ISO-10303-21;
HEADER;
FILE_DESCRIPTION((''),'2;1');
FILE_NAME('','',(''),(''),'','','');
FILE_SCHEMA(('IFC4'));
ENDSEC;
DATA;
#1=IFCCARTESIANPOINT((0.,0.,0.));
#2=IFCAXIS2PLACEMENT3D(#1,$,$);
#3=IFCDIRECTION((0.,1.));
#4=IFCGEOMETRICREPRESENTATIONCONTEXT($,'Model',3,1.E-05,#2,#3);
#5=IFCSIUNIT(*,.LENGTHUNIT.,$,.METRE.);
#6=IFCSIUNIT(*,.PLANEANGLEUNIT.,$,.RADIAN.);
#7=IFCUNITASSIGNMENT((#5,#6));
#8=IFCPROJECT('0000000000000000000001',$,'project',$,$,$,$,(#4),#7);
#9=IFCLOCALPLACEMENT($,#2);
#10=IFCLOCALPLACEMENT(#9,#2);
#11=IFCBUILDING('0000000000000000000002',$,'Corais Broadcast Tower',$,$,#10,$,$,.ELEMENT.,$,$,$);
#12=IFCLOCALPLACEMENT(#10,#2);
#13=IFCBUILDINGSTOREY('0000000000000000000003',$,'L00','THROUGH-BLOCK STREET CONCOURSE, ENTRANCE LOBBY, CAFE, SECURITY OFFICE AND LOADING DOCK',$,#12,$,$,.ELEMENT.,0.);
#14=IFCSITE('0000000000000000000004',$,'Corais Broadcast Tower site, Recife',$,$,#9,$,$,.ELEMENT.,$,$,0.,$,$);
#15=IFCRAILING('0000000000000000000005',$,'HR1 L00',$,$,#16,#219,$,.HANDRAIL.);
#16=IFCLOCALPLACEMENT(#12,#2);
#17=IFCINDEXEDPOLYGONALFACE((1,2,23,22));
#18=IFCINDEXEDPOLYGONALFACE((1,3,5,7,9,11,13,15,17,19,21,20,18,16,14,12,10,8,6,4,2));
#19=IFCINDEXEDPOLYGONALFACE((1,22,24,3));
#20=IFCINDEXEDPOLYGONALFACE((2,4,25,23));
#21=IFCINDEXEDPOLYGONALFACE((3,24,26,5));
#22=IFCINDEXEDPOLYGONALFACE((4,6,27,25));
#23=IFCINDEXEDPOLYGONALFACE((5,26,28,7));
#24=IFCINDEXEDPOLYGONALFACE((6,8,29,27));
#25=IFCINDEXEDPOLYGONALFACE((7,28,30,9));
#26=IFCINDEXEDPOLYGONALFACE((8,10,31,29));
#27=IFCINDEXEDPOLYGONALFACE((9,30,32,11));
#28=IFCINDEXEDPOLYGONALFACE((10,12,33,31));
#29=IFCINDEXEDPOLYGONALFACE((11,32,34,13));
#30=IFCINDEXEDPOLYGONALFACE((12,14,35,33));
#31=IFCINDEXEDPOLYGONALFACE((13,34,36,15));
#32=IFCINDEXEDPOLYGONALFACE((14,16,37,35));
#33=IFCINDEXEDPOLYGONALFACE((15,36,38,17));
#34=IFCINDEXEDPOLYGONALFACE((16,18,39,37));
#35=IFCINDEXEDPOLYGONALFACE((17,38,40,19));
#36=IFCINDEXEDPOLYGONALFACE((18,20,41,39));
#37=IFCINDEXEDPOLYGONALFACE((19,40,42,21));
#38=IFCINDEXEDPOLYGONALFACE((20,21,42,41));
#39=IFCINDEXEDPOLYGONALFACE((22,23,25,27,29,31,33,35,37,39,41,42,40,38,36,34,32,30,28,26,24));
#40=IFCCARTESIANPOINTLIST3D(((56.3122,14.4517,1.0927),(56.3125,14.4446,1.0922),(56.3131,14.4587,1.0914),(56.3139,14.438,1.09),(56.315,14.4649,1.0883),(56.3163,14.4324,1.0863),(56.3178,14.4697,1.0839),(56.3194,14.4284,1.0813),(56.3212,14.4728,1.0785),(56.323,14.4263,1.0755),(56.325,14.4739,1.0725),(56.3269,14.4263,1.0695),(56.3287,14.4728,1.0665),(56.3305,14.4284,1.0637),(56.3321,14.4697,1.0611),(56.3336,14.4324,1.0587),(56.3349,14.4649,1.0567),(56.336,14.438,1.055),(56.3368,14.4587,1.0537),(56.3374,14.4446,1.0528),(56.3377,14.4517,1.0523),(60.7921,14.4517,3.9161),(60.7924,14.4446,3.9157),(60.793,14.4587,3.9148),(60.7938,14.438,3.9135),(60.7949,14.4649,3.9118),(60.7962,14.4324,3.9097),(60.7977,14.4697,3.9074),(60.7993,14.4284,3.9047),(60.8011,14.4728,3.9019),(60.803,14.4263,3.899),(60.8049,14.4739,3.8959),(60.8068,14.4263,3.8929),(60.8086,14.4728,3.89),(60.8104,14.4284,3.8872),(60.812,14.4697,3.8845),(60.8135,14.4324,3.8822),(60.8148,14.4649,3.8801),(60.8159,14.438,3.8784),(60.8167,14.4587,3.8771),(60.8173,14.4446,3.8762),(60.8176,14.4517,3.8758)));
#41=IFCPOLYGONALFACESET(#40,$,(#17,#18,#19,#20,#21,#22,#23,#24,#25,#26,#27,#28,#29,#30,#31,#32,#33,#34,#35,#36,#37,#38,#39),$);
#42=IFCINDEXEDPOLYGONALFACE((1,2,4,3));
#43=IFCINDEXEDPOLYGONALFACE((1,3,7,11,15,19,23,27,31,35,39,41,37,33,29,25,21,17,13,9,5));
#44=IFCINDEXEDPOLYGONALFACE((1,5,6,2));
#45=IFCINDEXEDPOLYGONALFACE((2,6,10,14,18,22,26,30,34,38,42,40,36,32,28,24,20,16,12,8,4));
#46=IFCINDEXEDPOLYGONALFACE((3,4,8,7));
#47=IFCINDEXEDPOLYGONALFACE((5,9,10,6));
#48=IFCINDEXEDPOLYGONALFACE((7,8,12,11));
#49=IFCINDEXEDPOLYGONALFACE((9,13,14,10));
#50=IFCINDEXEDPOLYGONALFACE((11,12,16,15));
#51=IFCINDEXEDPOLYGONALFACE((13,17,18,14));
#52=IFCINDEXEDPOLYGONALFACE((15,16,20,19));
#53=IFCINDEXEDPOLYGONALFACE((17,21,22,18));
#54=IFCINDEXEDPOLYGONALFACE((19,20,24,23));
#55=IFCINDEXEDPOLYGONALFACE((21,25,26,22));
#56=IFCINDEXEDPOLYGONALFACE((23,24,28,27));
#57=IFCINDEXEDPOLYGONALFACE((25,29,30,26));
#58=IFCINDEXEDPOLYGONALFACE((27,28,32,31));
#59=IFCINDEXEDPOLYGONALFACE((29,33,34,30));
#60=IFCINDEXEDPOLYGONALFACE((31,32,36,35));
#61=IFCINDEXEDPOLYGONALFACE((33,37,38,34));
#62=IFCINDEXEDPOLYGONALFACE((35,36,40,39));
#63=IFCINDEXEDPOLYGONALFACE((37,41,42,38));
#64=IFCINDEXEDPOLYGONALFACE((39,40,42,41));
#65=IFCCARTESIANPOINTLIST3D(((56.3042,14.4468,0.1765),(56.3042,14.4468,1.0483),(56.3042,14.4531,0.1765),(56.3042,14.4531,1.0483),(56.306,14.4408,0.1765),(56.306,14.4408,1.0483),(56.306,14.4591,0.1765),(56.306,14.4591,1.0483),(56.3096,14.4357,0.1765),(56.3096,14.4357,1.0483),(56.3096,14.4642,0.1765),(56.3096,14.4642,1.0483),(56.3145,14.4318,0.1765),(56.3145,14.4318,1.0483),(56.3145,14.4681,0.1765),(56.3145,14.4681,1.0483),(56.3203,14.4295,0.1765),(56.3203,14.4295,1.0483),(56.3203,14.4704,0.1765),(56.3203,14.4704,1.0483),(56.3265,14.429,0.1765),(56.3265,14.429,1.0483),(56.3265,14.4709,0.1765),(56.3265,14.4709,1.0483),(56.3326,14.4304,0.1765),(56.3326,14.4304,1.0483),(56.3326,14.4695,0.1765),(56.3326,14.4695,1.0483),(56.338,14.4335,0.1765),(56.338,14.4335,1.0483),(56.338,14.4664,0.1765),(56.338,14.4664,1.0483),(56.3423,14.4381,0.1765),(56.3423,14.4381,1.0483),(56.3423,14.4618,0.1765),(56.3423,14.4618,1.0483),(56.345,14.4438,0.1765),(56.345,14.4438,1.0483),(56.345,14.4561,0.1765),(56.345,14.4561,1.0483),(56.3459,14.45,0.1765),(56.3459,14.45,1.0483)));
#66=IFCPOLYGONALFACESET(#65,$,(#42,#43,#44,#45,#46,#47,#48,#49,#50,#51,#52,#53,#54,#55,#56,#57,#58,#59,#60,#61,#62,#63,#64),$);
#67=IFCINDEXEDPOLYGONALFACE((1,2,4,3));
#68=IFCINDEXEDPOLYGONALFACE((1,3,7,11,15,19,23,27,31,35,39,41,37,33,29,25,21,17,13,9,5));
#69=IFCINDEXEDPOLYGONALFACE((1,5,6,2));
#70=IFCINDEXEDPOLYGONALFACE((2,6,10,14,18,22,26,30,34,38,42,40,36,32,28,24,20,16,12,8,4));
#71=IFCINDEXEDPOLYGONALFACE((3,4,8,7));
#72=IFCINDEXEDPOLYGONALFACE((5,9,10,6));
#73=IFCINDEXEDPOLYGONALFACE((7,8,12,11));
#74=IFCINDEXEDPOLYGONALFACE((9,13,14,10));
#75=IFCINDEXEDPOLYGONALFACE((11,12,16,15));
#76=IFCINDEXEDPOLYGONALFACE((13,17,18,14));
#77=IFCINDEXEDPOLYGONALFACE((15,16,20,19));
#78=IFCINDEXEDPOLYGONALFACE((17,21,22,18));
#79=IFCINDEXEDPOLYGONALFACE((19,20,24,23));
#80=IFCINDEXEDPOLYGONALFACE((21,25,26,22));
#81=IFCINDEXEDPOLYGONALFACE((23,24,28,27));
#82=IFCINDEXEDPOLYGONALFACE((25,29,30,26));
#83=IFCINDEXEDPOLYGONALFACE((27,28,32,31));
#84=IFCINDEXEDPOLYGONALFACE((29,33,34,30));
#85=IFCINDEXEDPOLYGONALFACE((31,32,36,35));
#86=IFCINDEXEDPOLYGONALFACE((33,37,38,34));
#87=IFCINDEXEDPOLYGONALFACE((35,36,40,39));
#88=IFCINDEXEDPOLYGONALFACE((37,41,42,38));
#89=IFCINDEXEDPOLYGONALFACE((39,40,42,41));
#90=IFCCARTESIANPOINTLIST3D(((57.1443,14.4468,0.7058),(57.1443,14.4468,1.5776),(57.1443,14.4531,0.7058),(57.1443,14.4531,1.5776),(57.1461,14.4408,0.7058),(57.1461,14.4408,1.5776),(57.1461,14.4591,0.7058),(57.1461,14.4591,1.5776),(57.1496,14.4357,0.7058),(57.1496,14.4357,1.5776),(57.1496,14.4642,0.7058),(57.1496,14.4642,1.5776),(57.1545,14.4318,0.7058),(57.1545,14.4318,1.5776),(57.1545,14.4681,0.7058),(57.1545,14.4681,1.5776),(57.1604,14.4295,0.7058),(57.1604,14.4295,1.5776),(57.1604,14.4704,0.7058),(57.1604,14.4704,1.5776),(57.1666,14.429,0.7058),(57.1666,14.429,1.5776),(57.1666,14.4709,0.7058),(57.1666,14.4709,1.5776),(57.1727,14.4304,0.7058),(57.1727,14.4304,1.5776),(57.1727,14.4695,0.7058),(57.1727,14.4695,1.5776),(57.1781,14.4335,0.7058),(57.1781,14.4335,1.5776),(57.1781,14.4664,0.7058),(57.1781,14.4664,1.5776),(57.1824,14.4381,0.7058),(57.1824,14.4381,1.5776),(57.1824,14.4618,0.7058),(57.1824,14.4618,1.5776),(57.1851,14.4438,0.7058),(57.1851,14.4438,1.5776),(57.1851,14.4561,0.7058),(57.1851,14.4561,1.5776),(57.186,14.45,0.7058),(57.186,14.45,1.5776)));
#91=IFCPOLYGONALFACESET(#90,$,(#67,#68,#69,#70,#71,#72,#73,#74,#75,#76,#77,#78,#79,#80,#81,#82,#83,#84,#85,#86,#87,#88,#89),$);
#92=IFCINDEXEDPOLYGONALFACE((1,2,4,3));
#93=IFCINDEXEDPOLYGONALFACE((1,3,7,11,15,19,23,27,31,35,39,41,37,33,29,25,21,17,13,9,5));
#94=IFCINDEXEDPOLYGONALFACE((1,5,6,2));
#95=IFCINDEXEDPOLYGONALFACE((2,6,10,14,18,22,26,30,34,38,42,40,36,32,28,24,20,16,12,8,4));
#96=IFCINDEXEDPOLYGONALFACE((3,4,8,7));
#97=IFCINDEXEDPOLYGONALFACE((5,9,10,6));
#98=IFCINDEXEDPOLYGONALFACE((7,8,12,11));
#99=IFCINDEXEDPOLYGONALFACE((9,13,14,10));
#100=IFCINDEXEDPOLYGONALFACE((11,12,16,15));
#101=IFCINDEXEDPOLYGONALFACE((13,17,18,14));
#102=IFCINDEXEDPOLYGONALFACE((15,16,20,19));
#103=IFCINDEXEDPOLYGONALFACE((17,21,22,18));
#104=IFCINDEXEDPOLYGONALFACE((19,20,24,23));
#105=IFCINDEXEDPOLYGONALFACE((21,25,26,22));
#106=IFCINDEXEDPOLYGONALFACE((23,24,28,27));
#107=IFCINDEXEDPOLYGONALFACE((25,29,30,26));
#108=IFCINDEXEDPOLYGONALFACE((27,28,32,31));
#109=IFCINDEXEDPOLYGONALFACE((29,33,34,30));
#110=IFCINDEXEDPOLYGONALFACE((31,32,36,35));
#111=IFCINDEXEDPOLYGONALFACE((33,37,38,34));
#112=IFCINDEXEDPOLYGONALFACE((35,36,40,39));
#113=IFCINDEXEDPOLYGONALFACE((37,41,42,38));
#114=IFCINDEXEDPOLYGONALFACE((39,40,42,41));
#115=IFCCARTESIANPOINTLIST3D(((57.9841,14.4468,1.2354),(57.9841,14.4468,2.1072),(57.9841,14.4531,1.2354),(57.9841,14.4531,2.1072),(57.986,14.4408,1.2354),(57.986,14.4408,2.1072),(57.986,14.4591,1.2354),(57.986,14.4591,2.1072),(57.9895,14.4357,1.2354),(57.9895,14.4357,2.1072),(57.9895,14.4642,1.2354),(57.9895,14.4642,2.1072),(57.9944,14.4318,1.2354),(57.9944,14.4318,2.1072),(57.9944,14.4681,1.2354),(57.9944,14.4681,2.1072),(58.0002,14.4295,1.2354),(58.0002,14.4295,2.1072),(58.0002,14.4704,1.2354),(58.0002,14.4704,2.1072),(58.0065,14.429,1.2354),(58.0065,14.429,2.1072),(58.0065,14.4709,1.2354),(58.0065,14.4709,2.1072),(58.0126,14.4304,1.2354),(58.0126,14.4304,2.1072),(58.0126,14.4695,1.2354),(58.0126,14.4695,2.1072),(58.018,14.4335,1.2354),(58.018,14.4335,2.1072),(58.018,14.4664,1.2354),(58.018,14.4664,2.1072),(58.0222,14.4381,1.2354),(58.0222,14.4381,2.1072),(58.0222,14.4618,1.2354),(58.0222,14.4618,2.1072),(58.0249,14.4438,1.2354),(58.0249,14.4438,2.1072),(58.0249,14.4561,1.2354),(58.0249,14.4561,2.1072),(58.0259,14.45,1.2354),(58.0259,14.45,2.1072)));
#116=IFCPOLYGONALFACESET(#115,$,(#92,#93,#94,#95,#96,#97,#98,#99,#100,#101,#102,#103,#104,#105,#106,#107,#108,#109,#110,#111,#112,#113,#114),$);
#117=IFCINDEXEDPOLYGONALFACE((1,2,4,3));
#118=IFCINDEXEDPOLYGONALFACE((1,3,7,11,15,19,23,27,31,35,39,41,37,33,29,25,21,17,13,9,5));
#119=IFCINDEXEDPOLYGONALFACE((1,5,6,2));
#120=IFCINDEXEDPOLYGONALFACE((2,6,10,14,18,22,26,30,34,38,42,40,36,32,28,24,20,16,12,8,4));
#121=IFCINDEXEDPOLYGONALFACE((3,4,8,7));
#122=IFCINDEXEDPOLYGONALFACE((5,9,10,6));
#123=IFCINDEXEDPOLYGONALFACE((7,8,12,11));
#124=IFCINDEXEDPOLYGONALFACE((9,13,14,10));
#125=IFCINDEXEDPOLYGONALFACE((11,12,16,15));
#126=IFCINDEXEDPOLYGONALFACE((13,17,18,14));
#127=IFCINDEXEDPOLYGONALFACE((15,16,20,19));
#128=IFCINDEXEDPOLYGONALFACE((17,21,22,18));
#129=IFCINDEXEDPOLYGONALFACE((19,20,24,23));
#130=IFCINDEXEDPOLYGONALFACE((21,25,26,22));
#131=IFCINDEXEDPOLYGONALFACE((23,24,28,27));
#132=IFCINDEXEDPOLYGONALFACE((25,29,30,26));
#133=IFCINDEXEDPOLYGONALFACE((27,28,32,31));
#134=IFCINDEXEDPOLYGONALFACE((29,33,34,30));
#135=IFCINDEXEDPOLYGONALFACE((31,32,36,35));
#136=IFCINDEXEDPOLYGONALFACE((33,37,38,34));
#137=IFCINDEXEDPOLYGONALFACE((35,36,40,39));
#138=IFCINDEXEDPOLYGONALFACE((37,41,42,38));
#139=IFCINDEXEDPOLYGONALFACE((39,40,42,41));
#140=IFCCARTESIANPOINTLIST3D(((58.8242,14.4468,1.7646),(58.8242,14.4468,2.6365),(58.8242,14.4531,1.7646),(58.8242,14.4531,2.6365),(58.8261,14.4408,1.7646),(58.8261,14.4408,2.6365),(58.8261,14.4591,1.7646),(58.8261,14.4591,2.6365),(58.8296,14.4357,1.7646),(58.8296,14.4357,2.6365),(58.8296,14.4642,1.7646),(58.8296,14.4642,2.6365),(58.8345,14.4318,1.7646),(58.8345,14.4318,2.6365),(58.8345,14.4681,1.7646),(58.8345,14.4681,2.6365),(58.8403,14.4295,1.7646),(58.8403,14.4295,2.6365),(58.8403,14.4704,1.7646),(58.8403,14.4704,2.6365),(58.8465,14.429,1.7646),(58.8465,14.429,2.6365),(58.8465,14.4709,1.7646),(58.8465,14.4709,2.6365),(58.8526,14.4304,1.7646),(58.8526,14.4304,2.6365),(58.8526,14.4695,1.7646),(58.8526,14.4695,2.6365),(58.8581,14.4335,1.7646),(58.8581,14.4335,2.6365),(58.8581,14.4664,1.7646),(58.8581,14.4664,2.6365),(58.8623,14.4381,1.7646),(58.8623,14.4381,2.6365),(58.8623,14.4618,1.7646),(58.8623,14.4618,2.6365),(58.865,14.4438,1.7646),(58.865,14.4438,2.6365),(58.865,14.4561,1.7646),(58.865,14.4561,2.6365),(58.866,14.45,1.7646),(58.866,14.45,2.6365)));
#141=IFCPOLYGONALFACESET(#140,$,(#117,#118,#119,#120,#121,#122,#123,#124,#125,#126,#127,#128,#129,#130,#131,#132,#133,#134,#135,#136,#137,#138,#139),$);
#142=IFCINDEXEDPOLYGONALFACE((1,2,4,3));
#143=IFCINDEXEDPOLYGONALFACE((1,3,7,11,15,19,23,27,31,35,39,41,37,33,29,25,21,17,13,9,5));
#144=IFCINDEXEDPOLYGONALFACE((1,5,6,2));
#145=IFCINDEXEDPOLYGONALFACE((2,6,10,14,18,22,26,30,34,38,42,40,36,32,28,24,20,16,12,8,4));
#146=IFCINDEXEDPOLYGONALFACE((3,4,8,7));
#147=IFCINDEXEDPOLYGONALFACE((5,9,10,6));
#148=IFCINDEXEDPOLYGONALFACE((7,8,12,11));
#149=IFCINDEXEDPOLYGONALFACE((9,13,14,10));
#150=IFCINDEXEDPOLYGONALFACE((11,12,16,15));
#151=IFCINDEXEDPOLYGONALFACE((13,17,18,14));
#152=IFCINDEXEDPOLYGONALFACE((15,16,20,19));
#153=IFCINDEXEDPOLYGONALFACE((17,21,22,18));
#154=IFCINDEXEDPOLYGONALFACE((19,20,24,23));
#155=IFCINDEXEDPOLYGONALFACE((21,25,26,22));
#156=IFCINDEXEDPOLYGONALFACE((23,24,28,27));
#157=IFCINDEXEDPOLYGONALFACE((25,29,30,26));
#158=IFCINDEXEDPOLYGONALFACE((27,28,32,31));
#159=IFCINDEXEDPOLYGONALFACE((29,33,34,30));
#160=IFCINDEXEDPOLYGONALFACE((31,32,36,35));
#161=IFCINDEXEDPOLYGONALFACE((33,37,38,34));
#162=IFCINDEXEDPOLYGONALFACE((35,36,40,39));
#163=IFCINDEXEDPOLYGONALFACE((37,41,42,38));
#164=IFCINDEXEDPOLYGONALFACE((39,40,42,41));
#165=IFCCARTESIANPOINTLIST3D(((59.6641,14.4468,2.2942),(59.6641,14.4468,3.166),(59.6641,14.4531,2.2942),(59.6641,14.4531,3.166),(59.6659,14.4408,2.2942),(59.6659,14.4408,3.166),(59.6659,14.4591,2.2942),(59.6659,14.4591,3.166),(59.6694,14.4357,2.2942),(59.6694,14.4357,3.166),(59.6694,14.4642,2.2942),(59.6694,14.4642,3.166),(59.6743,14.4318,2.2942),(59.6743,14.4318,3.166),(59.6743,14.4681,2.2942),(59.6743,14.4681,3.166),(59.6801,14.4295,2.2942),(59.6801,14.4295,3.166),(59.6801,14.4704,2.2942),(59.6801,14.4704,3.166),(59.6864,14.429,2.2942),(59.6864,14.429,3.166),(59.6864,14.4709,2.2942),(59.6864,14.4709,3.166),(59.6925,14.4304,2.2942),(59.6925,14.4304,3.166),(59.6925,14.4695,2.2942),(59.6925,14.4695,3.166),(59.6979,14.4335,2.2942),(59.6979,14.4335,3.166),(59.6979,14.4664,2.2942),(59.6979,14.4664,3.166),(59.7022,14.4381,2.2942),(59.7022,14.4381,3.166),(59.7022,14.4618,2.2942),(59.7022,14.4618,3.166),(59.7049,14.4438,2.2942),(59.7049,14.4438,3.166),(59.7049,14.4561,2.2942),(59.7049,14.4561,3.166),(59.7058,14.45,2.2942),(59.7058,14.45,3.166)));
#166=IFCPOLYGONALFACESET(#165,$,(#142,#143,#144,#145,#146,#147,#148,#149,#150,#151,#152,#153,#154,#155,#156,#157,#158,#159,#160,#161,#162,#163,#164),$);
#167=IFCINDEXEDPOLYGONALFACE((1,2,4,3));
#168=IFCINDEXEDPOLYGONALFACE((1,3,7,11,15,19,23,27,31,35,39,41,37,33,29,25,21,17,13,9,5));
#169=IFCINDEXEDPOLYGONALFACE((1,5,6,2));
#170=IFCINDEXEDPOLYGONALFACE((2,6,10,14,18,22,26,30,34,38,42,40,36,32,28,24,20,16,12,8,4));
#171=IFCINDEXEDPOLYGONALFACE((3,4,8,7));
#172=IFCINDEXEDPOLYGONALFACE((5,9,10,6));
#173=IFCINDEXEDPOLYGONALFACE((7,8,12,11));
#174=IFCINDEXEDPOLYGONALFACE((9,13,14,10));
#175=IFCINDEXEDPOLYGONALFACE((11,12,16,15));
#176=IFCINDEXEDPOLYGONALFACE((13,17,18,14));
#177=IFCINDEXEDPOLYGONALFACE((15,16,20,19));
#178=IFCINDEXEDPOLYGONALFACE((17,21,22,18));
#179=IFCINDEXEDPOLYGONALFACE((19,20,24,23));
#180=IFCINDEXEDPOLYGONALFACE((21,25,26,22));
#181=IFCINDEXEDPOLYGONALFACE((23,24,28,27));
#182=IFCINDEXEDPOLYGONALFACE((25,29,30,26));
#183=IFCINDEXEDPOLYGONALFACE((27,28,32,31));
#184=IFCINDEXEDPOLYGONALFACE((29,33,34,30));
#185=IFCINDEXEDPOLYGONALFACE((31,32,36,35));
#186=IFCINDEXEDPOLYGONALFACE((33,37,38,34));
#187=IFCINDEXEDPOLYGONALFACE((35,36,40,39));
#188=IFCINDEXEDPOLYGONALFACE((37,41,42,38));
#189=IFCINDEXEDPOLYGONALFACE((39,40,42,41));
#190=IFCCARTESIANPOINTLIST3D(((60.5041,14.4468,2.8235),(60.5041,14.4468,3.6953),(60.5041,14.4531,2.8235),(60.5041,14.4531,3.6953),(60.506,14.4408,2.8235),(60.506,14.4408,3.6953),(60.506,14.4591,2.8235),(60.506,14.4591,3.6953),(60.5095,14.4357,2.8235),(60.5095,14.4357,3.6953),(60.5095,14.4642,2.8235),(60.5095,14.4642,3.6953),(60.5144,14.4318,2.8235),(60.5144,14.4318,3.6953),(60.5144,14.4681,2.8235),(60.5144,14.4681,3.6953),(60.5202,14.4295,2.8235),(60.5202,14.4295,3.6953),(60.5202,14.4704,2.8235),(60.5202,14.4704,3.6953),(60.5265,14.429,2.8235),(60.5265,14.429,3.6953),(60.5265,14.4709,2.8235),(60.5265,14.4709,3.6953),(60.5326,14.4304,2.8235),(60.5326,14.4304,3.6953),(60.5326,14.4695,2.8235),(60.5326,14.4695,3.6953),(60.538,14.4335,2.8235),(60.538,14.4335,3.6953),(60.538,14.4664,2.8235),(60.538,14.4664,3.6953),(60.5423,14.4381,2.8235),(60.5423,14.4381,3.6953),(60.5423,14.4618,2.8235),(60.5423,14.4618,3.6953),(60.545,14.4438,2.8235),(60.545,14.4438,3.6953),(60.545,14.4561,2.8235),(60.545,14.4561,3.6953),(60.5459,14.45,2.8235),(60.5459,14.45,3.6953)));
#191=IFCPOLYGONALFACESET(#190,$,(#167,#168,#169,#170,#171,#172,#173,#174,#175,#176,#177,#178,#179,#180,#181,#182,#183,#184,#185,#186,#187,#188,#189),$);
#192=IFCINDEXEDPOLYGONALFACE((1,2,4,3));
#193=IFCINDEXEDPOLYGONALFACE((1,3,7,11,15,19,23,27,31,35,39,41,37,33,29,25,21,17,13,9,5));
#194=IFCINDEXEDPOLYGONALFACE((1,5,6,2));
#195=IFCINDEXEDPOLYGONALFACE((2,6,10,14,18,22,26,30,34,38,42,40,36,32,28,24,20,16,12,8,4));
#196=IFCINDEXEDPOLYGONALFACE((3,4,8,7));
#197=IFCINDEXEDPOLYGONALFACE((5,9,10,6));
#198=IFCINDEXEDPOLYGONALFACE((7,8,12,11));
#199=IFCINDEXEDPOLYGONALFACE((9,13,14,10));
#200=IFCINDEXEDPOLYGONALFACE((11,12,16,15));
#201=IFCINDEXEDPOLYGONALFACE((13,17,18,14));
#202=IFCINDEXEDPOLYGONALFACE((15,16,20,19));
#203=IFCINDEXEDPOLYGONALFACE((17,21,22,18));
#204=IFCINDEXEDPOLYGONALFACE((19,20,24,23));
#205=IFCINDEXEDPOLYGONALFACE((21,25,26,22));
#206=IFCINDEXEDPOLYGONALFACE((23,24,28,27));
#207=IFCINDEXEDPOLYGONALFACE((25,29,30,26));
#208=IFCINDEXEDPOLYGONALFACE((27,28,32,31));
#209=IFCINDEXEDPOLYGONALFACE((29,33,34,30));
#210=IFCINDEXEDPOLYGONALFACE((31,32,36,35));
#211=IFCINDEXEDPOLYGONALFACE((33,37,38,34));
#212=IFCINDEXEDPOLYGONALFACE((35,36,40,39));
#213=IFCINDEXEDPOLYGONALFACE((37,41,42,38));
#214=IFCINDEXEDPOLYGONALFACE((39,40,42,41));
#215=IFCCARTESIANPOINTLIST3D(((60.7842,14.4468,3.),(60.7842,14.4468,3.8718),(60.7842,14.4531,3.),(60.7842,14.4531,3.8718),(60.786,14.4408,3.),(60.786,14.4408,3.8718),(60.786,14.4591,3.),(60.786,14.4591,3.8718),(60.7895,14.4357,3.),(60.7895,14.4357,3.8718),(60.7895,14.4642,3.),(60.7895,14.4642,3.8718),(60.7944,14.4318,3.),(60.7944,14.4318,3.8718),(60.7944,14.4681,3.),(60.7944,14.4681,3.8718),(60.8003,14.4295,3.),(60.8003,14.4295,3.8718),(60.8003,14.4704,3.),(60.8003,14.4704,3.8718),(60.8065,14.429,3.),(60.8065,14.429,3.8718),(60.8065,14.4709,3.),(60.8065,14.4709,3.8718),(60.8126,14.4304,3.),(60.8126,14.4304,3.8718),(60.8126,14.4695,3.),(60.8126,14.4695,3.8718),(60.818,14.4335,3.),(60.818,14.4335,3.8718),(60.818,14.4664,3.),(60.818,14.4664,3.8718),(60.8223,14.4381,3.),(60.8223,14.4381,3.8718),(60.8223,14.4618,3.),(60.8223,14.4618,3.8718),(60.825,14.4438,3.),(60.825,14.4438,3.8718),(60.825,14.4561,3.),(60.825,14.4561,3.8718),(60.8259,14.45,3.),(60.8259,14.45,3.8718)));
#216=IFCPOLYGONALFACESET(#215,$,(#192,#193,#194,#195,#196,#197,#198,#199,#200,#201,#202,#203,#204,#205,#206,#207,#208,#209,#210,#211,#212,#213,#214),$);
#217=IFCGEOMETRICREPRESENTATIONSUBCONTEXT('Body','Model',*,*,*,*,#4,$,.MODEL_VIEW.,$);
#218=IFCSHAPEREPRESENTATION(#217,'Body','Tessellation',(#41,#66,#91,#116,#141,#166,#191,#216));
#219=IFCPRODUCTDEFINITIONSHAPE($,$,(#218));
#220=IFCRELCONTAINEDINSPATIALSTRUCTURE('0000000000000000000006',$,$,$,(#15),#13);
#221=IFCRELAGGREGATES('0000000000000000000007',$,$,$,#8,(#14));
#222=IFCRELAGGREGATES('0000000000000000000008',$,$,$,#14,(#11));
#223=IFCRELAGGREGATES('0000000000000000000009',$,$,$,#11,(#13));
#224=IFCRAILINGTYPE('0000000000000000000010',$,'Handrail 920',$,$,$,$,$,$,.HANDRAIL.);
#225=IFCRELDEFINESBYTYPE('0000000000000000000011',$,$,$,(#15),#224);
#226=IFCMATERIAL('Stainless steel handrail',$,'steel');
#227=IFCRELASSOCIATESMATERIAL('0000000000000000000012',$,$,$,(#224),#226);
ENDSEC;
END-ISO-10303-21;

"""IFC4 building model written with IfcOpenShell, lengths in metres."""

from ifc_helpers import new_model, si_unit, direction, frame, origin, origin_2d, place, context, subcontext, project, spatial, circle, extrude, material, type_object, element, save


model = new_model("IFC4")

# Units and contexts
model_context = context("Model", 3, precision=1e-05, world=origin(), true_north=direction((0.0, 1.0)))
body_context = subcontext(model_context, "Body", "Model", "MODEL_VIEW")
ifc_project = project(units=[si_unit("LENGTHUNIT", "METRE"), si_unit("PLANEANGLEUNIT", "RADIAN")], contexts=[model_context])

# Site, building, storey
site_placement = place(None, origin())
site = spatial("IfcSite", under=ifc_project, at=site_placement, Name="Corais Broadcast Tower site, Recife", CompositionType="ELEMENT", RefElevation=0.0)
building_placement = place(site_placement, origin())
building = spatial("IfcBuilding", under=site, at=building_placement, Name="Corais Broadcast Tower", CompositionType="ELEMENT")
storey_placement = place(building_placement, origin())
storey = spatial("IfcBuildingStorey", under=building, at=storey_placement, Name="L00", Description="THROUGH-BLOCK STREET CONCOURSE, ENTRANCE LOBBY, CAFE, SECURITY OFFICE AND LOADING DOCK", CompositionType="ELEMENT", Elevation=0.0)

# Railing
ifc_material_1 = material(Name="Stainless steel handrail", Category="steel")
railing_type = type_object("IfcRailingType", Name="Handrail 920", PredefinedType="HANDRAIL", material=ifc_material_1)
for number, where, name in (
    (1, (56.325, 14.45, 0.1765), "HR1 L00"),
):
    element("IfcRailing", number, at=place(storey_placement, frame(where)), inside=storey, type_object=railing_type, Name=name, PredefinedType="HANDRAIL", context=body_context, shape_type="SweptSolid", body=[
        extrude(circle(Radius=0.0239, at=origin_2d()), frame((0.0, 0.0, 0.896), z_axis=(0.845998, 0.0, 0.533186), x_axis=(0.0, 1.0, 0.0)), (0.0, 0.0, 1.0), 5.2954),
        extrude(circle(Radius=0.021, at=origin_2d()), origin(), (0.0, 0.0, 1.0), 0.8718),
        extrude(circle(Radius=0.021, at=origin_2d()), frame((0.8401, 0.0, 0.5293)), (0.0, 0.0, 1.0), 0.8718),
        extrude(circle(Radius=0.021, at=origin_2d()), frame((1.6799, 0.0, 1.0588)), (0.0, 0.0, 1.0), 0.8718),
        extrude(circle(Radius=0.021, at=origin_2d()), frame((2.52, 0.0, 1.5881)), (0.0, 0.0, 1.0), 0.8718),
        extrude(circle(Radius=0.021, at=origin_2d()), frame((3.3599, 0.0, 2.1177)), (0.0, 0.0, 1.0), 0.8718),
        extrude(circle(Radius=0.021, at=origin_2d()), frame((4.2, 0.0, 2.647)), (0.0, 0.0, 1.0), 0.8718),
        extrude(circle(Radius=0.021, at=origin_2d()), frame((4.48, 0.0, 2.8235)), (0.0, 0.0, 1.0), 0.8718),
    ])

save(model, "model.ifc")
